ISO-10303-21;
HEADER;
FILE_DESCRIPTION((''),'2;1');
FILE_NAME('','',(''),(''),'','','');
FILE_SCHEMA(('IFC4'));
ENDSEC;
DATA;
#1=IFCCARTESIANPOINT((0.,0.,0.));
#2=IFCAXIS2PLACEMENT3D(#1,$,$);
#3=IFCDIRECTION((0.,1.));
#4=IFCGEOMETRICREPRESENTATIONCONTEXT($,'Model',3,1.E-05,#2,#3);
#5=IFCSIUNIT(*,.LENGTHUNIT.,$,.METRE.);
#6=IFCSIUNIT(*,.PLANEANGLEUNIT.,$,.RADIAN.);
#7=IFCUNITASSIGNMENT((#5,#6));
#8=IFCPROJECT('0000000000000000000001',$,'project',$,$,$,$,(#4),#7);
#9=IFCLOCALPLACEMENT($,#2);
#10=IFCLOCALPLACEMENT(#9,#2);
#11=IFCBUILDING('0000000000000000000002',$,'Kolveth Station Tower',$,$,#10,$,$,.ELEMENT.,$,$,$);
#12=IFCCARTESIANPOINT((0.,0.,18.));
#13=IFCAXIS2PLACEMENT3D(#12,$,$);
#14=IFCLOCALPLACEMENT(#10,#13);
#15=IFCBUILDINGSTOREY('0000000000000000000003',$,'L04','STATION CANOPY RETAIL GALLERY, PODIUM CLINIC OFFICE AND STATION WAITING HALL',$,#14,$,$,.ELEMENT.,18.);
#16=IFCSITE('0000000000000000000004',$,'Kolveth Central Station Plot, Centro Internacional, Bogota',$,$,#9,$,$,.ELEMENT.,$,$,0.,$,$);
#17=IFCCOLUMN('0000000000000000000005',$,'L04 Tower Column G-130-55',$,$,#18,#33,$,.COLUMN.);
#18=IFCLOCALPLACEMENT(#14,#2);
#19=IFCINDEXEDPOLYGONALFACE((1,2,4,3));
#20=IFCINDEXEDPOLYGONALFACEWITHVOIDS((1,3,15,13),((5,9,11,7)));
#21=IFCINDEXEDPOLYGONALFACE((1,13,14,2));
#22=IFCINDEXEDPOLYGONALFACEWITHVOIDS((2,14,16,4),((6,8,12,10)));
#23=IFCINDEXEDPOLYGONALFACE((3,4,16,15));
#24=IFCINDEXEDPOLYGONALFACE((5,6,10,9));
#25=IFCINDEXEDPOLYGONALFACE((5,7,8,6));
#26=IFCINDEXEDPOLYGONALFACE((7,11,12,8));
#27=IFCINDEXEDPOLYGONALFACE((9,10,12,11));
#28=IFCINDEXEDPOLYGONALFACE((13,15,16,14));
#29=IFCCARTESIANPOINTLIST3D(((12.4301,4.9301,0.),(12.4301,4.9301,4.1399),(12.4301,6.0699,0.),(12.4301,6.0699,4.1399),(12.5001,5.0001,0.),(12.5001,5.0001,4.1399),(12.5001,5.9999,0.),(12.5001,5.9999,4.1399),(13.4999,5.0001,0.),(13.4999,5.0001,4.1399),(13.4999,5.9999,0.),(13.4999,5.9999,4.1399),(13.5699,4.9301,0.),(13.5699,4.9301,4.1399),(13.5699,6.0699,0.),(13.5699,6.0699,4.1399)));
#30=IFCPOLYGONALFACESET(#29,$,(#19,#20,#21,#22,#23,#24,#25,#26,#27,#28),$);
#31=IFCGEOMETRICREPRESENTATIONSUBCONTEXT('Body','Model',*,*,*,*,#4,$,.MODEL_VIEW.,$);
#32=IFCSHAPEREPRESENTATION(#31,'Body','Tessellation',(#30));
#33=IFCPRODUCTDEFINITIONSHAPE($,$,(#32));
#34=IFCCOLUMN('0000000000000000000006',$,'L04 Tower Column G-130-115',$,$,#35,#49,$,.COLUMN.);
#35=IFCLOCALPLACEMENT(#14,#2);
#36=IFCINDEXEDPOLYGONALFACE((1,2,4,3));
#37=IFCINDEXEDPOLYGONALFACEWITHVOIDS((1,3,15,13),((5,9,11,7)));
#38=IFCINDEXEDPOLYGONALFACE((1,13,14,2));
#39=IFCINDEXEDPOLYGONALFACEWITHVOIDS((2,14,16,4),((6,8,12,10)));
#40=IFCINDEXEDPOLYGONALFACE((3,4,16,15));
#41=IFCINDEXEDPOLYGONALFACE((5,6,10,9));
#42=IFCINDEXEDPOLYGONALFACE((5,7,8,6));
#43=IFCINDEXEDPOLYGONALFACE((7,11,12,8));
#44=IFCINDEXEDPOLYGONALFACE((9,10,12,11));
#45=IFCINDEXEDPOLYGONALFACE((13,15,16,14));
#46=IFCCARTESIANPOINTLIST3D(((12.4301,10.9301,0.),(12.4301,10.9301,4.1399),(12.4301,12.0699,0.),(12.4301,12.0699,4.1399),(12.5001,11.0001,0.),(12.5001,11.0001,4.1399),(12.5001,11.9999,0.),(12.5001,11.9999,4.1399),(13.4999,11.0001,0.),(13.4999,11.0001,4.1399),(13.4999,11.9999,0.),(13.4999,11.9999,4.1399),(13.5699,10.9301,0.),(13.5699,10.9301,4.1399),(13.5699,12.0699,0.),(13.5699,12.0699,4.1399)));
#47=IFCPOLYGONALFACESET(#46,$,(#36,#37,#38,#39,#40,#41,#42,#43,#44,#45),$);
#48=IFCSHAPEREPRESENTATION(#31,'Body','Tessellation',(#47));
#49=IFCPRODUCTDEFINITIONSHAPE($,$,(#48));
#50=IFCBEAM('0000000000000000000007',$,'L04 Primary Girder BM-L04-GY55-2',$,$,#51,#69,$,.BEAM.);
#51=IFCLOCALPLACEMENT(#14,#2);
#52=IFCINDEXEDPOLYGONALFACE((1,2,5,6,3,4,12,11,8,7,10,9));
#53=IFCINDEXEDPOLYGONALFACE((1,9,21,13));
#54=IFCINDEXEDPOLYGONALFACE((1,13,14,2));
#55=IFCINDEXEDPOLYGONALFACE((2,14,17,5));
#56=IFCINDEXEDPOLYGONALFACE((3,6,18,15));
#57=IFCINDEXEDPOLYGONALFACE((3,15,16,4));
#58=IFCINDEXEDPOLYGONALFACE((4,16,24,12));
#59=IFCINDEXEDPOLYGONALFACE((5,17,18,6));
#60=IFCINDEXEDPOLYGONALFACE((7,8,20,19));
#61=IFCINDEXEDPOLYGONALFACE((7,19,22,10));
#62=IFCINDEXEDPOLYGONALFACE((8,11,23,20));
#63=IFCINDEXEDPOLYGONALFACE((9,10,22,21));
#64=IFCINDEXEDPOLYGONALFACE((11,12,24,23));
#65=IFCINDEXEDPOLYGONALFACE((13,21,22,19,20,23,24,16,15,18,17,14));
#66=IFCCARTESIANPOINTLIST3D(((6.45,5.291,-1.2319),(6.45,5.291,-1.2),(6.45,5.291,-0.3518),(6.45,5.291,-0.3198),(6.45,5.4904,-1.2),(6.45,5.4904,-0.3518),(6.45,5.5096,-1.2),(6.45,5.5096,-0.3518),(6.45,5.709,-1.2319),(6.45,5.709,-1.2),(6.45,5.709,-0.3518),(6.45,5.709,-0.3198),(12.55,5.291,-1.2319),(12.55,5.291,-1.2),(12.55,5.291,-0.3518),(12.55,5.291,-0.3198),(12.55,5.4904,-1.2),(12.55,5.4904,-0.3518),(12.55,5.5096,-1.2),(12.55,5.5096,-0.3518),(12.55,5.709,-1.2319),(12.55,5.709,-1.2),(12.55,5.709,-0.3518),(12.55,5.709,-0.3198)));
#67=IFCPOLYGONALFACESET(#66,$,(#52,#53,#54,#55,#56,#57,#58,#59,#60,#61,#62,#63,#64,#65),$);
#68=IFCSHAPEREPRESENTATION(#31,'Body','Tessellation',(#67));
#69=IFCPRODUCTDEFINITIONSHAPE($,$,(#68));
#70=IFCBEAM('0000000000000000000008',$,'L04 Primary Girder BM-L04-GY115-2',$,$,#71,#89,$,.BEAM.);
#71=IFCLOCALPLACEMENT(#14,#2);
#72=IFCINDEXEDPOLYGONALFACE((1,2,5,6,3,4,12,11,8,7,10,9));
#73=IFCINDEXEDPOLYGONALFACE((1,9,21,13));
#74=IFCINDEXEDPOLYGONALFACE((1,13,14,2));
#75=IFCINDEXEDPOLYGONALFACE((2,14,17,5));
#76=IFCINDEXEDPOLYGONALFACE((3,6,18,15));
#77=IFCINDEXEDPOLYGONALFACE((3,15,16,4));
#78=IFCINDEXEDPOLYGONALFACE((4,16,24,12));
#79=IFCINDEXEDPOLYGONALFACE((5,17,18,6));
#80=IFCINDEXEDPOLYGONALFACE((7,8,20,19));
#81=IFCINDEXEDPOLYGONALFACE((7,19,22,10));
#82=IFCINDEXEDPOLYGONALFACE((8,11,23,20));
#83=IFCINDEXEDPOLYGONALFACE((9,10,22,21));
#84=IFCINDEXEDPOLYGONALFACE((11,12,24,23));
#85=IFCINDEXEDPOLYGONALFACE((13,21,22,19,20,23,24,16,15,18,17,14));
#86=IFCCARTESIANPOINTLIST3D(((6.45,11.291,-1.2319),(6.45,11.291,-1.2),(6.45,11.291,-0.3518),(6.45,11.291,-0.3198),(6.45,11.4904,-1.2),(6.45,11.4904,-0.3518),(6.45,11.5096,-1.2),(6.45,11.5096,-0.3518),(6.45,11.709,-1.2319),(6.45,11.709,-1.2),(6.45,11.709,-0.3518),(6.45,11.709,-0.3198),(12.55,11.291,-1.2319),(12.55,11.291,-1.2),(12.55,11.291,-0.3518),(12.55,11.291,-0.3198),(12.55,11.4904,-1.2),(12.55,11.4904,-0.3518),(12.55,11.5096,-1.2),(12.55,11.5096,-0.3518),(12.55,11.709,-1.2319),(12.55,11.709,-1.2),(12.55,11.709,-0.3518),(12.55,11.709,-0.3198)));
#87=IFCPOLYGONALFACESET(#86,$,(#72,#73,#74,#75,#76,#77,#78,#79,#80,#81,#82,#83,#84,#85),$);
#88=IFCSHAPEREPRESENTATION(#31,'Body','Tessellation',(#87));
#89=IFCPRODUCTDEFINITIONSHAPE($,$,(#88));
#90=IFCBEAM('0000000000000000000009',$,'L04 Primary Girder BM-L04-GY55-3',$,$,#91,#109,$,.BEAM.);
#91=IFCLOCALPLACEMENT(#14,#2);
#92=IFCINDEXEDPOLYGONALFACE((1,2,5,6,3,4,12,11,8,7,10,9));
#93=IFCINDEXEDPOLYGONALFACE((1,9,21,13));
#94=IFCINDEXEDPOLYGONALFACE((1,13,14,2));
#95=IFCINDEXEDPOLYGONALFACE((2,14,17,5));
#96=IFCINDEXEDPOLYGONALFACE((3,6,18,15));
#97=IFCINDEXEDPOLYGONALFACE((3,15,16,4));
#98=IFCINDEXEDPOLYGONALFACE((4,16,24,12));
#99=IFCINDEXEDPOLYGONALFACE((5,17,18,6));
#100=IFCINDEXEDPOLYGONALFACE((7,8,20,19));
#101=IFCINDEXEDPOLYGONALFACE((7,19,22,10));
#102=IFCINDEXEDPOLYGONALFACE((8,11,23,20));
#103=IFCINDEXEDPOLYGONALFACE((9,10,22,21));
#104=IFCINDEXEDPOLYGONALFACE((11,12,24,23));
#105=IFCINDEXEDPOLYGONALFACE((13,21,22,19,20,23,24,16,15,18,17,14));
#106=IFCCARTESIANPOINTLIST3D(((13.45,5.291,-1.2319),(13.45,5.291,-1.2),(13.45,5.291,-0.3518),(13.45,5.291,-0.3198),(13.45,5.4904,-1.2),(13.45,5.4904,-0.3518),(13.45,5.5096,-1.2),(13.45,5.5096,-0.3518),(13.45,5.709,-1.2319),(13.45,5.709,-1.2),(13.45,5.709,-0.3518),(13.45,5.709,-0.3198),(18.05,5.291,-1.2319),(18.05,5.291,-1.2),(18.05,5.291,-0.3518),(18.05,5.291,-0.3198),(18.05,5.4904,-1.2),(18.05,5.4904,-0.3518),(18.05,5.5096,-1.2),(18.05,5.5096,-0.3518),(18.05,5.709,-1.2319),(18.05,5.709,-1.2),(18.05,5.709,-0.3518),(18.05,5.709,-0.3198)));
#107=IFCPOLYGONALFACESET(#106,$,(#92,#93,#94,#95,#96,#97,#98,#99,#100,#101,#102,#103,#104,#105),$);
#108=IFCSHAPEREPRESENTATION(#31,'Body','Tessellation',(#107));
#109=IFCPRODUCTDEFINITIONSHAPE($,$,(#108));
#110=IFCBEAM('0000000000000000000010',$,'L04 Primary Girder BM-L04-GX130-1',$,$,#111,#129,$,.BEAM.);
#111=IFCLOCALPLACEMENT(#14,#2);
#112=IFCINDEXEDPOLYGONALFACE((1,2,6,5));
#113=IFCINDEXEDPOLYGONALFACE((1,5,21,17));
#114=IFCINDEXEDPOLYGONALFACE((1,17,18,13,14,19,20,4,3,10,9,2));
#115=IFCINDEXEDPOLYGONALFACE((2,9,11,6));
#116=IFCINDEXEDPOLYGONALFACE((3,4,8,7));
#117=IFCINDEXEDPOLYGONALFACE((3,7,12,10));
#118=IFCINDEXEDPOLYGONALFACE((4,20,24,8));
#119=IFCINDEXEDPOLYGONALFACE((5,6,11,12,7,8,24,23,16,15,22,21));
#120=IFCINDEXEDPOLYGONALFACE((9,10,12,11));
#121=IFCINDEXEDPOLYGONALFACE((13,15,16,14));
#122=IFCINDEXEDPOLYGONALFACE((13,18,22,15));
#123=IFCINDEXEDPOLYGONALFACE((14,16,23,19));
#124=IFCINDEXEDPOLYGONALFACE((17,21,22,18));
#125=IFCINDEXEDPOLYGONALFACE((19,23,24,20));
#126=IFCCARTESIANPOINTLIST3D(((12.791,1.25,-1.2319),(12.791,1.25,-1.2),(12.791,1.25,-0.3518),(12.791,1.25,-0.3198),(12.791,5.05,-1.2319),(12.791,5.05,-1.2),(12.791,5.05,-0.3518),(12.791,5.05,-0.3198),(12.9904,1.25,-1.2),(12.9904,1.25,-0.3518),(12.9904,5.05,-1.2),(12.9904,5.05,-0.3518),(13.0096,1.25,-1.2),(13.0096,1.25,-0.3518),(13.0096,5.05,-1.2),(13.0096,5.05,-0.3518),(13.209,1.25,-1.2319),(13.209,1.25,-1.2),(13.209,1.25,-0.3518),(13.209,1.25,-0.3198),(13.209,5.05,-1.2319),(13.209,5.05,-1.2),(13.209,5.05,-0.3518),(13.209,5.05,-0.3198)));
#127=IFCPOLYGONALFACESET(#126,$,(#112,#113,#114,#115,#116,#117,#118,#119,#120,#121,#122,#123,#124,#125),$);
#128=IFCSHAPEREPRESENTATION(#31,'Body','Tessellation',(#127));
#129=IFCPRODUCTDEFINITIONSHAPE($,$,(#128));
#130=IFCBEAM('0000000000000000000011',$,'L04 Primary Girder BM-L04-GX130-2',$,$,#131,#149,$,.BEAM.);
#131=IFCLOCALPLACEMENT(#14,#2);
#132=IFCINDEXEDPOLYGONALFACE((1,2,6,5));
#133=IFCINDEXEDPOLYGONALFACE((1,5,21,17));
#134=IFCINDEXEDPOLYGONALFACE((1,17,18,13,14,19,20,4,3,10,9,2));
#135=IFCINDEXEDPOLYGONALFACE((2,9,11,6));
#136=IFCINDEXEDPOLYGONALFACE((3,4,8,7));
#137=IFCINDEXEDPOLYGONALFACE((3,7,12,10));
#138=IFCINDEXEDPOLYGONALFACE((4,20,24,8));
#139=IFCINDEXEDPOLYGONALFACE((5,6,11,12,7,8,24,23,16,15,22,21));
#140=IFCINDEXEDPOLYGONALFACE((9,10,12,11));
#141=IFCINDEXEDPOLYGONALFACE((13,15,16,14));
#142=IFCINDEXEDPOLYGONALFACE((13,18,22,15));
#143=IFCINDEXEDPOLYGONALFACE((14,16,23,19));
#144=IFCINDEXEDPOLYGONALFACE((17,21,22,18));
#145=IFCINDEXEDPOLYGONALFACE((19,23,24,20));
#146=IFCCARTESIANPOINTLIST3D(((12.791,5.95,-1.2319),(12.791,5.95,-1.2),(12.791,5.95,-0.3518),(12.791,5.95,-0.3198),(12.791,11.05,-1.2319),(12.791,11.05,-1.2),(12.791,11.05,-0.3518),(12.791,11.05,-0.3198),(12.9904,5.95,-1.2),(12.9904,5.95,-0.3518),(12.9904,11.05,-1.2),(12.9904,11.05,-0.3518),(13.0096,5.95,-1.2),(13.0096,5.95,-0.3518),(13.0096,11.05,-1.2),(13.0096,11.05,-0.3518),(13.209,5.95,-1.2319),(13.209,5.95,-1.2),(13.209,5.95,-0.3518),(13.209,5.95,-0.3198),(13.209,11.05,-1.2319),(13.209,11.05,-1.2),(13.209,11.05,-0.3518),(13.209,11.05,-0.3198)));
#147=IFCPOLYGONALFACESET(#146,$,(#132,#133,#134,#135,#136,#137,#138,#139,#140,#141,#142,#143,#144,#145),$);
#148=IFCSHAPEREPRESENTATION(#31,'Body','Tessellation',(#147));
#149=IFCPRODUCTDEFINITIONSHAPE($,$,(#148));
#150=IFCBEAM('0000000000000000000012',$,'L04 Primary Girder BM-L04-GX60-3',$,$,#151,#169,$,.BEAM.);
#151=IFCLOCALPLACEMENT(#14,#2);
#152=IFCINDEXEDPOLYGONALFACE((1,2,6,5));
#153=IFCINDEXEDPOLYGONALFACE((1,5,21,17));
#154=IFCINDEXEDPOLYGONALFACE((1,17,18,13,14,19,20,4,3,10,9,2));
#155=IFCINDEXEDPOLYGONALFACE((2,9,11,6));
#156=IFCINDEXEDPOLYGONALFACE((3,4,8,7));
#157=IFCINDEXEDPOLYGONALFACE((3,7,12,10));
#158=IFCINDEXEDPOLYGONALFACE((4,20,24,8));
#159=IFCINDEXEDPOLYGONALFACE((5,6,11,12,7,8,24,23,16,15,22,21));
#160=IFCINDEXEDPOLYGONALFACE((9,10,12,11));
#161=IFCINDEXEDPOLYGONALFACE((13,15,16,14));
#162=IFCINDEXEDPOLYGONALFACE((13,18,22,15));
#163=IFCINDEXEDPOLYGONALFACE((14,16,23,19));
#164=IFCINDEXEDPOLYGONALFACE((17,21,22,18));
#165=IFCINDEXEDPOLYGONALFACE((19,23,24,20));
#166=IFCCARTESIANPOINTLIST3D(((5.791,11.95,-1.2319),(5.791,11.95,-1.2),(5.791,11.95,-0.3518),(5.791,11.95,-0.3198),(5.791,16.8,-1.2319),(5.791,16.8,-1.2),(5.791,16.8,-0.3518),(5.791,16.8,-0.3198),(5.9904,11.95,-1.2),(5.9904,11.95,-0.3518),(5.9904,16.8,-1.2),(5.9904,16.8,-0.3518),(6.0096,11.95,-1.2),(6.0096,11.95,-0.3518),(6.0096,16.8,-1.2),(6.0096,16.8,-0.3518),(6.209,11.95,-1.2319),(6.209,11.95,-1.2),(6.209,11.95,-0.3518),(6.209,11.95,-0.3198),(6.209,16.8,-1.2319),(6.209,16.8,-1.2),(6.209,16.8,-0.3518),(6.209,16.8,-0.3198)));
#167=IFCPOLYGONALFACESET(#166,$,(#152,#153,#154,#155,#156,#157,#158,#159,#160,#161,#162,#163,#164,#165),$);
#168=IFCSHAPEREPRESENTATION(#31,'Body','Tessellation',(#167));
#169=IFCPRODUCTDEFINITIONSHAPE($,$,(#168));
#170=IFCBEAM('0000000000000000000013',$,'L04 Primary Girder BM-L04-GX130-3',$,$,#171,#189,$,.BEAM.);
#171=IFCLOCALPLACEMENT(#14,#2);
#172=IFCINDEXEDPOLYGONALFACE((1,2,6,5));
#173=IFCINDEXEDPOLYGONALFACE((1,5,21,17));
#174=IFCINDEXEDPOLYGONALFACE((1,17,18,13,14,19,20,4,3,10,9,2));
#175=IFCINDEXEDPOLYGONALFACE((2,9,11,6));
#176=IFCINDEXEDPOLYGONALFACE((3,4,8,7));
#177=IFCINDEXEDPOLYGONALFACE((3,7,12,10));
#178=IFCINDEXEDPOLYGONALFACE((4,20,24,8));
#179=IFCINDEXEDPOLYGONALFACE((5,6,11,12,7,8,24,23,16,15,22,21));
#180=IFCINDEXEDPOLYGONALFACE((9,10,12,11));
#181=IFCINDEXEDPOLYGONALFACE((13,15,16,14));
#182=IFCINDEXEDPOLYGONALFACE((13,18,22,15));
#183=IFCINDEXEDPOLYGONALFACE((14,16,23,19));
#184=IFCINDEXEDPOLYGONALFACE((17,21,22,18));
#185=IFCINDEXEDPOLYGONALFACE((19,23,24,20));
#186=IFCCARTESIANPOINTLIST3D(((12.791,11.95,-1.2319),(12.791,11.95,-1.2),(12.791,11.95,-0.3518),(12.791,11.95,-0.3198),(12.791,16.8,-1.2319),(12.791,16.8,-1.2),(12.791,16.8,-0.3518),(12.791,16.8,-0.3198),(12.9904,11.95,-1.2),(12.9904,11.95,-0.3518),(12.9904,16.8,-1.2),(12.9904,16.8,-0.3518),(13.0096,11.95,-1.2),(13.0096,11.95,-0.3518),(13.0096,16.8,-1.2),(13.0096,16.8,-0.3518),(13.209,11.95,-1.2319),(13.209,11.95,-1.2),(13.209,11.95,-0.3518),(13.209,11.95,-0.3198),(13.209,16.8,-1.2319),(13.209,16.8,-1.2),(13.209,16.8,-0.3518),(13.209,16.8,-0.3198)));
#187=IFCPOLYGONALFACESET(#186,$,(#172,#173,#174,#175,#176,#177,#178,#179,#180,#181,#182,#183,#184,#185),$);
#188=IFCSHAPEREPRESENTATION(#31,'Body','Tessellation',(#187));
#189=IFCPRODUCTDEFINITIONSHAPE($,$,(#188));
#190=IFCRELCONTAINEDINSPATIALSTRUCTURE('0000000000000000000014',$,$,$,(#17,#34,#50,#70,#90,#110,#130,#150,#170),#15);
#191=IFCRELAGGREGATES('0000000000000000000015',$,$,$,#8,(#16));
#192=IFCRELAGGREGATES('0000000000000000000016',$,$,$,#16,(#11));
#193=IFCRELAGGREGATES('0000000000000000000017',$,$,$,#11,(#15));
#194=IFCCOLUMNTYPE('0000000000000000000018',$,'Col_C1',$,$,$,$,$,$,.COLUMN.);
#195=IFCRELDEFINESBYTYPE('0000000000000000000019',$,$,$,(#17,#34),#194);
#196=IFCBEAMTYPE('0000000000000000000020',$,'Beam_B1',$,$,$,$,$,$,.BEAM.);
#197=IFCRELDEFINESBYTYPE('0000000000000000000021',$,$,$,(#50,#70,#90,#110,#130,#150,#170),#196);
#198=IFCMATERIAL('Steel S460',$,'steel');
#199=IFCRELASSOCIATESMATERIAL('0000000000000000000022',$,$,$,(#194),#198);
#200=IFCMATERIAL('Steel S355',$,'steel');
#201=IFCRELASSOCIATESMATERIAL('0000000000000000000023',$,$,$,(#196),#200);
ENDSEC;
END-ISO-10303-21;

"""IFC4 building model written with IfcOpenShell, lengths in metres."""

from ifc_helpers import new_model, si_unit, direction, frame, origin, origin_2d, place, context, subcontext, project, spatial, hollow_rectangle, i_section, extrude, source, transform, mapped, material, material_profile, profile_set, type_object, element, save


model = new_model("IFC4")

# Units and contexts
model_context = context("Model", 3, precision=1e-05, world=origin(), true_north=direction((0.0, 1.0)))
body_context = subcontext(model_context, "Body", "Model", "MODEL_VIEW")
ifc_project = project(units=[si_unit("LENGTHUNIT", "METRE"), si_unit("PLANEANGLEUNIT", "RADIAN")], contexts=[model_context])

# Site, building, storey
site_placement = place(None, origin())
site = spatial("IfcSite", under=ifc_project, at=site_placement, Name="Kolveth Central Station Plot, Centro Internacional, Bogota", CompositionType="ELEMENT", RefElevation=0.0)
building_placement = place(site_placement, origin())
building = spatial("IfcBuilding", under=site, at=building_placement, Name="Kolveth Station Tower", CompositionType="ELEMENT")
storey_placement = place(building_placement, frame((0.0, 0.0, 18.0)))
storey = spatial("IfcBuildingStorey", under=building, at=storey_placement, Name="L04", Description="STATION CANOPY RETAIL GALLERY, PODIUM CLINIC OFFICE AND STATION WAITING HALL", CompositionType="ELEMENT", Elevation=18.0)

# Columns
ifc_material_1 = material(Name="Steel S460", Category="steel")
ifc_material_profile_1 = material_profile(ifc_material_1, hollow_rectangle(XDim=1.1399, YDim=1.1399, WallThickness=0.0701, at=origin_2d()), Name="BOX1140x1140x70")
ifc_profile_set_1 = profile_set([ifc_material_profile_1], Name="Steel S460")
column_type = type_object("IfcColumnType", Name="Col_C1", PredefinedType="COLUMN", material=ifc_profile_set_1)
shared_shape_1 = source(origin(), body_context, "Body", "SweptSolid", [
    extrude(hollow_rectangle(XDim=1.1399, YDim=1.1399, WallThickness=0.0701, at=origin_2d()), origin(), (0.0, 0.0, 1.0), 4.1399),
])
for number, where, z_axis, x_axis, name in (
    (1, (13.0, 5.5, 0.0), (0.0, 0.0, 1.0), (1.0, 0.0, 0.0), "L04 Tower Column G-130-55"),
    (2, (13.0, 11.5, 0.0), (0.0, 0.0, 1.0), (1.0, 0.0, 0.0), "L04 Tower Column G-130-115"),
):
    element("IfcColumn", number, at=place(storey_placement, frame(where, z_axis=z_axis, x_axis=x_axis)), inside=storey, type_object=column_type, Name=name, PredefinedType="COLUMN", context=body_context, shape_type="MappedRepresentation", body=[
        mapped(shared_shape_1, transform((0.0, 0.0, 0.0), x_axis=(1.0, 0.0, 0.0), y_axis=(0.0, 1.0, 0.0), z_axis=(0.0, 0.0, 1.0), scale=1.0)),
    ])

# Beams
ifc_material_2 = material(Name="Steel S355", Category="steel")
ifc_material_profile_2 = material_profile(ifc_material_2, i_section(OverallWidth=0.418, OverallDepth=0.9121, WebThickness=0.0193, FlangeThickness=0.032, at=origin_2d()), Name="W920x342")
ifc_profile_set_2 = profile_set([ifc_material_profile_2], Name="Steel S355")
beam_type_1 = type_object("IfcBeamType", Name="Beam_B1", PredefinedType="BEAM", material=ifc_profile_set_2)
shared_shape_2 = source(origin(), body_context, "Body", "SweptSolid", [
    extrude(i_section(OverallWidth=0.418, OverallDepth=0.9121, WebThickness=0.0193, FlangeThickness=0.032, at=origin_2d()), origin(), (0.0, 0.0, 1.0), 6.1001),
])
for number, where, z_axis, x_axis, name in (
    (3, (6.45, 5.5, -0.7759), (1.0, 0.0, 0.0), (0.0, 1.0, 0.0), "L04 Primary Girder BM-L04-GY55-2"),
    (4, (6.45, 11.5, -0.7759), (1.0, 0.0, 0.0), (0.0, 1.0, 0.0), "L04 Primary Girder BM-L04-GY115-2"),
):
    element("IfcBeam", number, at=place(storey_placement, frame(where, z_axis=z_axis, x_axis=x_axis)), inside=storey, type_object=beam_type_1, Name=name, PredefinedType="BEAM", context=body_context, shape_type="MappedRepresentation", body=[
        mapped(shared_shape_2, transform((0.0, 0.0, 0.0), x_axis=(1.0, 0.0, 0.0), y_axis=(0.0, 1.0, 0.0), z_axis=(0.0, 0.0, 1.0), scale=1.0)),
    ])
shared_shape_3 = source(origin(), body_context, "Body", "SweptSolid", [
    extrude(i_section(OverallWidth=0.418, OverallDepth=0.9121, WebThickness=0.0193, FlangeThickness=0.032, at=origin_2d()), origin(), (0.0, 0.0, 1.0), 4.6001),
])
beam_1_placement = place(storey_placement, frame((13.45, 5.5, -0.7759), z_axis=(1.0, 0.0, 0.0), x_axis=(0.0, 1.0, 0.0)))
element("IfcBeam", 5, at=beam_1_placement, inside=storey, type_object=beam_type_1, Name="L04 Primary Girder BM-L04-GY55-3", PredefinedType="BEAM", context=body_context, shape_type="MappedRepresentation", body=[
    mapped(shared_shape_3, transform((0.0, 0.0, 0.0), x_axis=(1.0, 0.0, 0.0), y_axis=(0.0, 1.0, 0.0), z_axis=(0.0, 0.0, 1.0), scale=1.0)),
])
shared_shape_4 = source(origin(), body_context, "Body", "SweptSolid", [
    extrude(i_section(OverallWidth=0.418, OverallDepth=0.9121, WebThickness=0.0193, FlangeThickness=0.032, at=origin_2d()), origin(), (0.0, 0.0, 1.0), 3.8),
])
beam_2_placement = place(storey_placement, frame((13.0, 1.25, -0.7759), z_axis=(0.0, 1.0, 0.0), x_axis=(-1.0, 0.0, 0.0)))
element("IfcBeam", 6, at=beam_2_placement, inside=storey, type_object=beam_type_1, Name="L04 Primary Girder BM-L04-GX130-1", PredefinedType="BEAM", context=body_context, shape_type="MappedRepresentation", body=[
    mapped(shared_shape_4, transform((0.0, 0.0, 0.0), x_axis=(1.0, 0.0, 0.0), y_axis=(0.0, 1.0, 0.0), z_axis=(0.0, 0.0, 1.0), scale=1.0)),
])
shared_shape_5 = source(origin(), body_context, "Body", "SweptSolid", [
    extrude(i_section(OverallWidth=0.418, OverallDepth=0.9121, WebThickness=0.0193, FlangeThickness=0.032, at=origin_2d()), origin(), (0.0, 0.0, 1.0), 5.1001),
])
beam_3_placement = place(storey_placement, frame((13.0, 5.95, -0.7759), z_axis=(0.0, 1.0, 0.0), x_axis=(-1.0, 0.0, 0.0)))
element("IfcBeam", 7, at=beam_3_placement, inside=storey, type_object=beam_type_1, Name="L04 Primary Girder BM-L04-GX130-2", PredefinedType="BEAM", context=body_context, shape_type="MappedRepresentation", body=[
    mapped(shared_shape_5, transform((0.0, 0.0, 0.0), x_axis=(1.0, 0.0, 0.0), y_axis=(0.0, 1.0, 0.0), z_axis=(0.0, 0.0, 1.0), scale=1.0)),
])
shared_shape_6 = source(origin(), body_context, "Body", "SweptSolid", [
    extrude(i_section(OverallWidth=0.418, OverallDepth=0.9121, WebThickness=0.0193, FlangeThickness=0.032, at=origin_2d()), origin(), (0.0, 0.0, 1.0), 4.8501),
])
for number, where, z_axis, x_axis, name in (
    (8, (6.0, 11.95, -0.7759), (0.0, 1.0, 0.0), (-1.0, 0.0, 0.0), "L04 Primary Girder BM-L04-GX60-3"),
    (9, (13.0, 11.95, -0.7759), (0.0, 1.0, 0.0), (-1.0, 0.0, 0.0), "L04 Primary Girder BM-L04-GX130-3"),
):
    element("IfcBeam", number, at=place(storey_placement, frame(where, z_axis=z_axis, x_axis=x_axis)), inside=storey, type_object=beam_type_1, Name=name, PredefinedType="BEAM", context=body_context, shape_type="MappedRepresentation", body=[
        mapped(shared_shape_6, transform((0.0, 0.0, 0.0), x_axis=(1.0, 0.0, 0.0), y_axis=(0.0, 1.0, 0.0), z_axis=(0.0, 0.0, 1.0), scale=1.0)),
    ])

save(model, "model.ifc")
